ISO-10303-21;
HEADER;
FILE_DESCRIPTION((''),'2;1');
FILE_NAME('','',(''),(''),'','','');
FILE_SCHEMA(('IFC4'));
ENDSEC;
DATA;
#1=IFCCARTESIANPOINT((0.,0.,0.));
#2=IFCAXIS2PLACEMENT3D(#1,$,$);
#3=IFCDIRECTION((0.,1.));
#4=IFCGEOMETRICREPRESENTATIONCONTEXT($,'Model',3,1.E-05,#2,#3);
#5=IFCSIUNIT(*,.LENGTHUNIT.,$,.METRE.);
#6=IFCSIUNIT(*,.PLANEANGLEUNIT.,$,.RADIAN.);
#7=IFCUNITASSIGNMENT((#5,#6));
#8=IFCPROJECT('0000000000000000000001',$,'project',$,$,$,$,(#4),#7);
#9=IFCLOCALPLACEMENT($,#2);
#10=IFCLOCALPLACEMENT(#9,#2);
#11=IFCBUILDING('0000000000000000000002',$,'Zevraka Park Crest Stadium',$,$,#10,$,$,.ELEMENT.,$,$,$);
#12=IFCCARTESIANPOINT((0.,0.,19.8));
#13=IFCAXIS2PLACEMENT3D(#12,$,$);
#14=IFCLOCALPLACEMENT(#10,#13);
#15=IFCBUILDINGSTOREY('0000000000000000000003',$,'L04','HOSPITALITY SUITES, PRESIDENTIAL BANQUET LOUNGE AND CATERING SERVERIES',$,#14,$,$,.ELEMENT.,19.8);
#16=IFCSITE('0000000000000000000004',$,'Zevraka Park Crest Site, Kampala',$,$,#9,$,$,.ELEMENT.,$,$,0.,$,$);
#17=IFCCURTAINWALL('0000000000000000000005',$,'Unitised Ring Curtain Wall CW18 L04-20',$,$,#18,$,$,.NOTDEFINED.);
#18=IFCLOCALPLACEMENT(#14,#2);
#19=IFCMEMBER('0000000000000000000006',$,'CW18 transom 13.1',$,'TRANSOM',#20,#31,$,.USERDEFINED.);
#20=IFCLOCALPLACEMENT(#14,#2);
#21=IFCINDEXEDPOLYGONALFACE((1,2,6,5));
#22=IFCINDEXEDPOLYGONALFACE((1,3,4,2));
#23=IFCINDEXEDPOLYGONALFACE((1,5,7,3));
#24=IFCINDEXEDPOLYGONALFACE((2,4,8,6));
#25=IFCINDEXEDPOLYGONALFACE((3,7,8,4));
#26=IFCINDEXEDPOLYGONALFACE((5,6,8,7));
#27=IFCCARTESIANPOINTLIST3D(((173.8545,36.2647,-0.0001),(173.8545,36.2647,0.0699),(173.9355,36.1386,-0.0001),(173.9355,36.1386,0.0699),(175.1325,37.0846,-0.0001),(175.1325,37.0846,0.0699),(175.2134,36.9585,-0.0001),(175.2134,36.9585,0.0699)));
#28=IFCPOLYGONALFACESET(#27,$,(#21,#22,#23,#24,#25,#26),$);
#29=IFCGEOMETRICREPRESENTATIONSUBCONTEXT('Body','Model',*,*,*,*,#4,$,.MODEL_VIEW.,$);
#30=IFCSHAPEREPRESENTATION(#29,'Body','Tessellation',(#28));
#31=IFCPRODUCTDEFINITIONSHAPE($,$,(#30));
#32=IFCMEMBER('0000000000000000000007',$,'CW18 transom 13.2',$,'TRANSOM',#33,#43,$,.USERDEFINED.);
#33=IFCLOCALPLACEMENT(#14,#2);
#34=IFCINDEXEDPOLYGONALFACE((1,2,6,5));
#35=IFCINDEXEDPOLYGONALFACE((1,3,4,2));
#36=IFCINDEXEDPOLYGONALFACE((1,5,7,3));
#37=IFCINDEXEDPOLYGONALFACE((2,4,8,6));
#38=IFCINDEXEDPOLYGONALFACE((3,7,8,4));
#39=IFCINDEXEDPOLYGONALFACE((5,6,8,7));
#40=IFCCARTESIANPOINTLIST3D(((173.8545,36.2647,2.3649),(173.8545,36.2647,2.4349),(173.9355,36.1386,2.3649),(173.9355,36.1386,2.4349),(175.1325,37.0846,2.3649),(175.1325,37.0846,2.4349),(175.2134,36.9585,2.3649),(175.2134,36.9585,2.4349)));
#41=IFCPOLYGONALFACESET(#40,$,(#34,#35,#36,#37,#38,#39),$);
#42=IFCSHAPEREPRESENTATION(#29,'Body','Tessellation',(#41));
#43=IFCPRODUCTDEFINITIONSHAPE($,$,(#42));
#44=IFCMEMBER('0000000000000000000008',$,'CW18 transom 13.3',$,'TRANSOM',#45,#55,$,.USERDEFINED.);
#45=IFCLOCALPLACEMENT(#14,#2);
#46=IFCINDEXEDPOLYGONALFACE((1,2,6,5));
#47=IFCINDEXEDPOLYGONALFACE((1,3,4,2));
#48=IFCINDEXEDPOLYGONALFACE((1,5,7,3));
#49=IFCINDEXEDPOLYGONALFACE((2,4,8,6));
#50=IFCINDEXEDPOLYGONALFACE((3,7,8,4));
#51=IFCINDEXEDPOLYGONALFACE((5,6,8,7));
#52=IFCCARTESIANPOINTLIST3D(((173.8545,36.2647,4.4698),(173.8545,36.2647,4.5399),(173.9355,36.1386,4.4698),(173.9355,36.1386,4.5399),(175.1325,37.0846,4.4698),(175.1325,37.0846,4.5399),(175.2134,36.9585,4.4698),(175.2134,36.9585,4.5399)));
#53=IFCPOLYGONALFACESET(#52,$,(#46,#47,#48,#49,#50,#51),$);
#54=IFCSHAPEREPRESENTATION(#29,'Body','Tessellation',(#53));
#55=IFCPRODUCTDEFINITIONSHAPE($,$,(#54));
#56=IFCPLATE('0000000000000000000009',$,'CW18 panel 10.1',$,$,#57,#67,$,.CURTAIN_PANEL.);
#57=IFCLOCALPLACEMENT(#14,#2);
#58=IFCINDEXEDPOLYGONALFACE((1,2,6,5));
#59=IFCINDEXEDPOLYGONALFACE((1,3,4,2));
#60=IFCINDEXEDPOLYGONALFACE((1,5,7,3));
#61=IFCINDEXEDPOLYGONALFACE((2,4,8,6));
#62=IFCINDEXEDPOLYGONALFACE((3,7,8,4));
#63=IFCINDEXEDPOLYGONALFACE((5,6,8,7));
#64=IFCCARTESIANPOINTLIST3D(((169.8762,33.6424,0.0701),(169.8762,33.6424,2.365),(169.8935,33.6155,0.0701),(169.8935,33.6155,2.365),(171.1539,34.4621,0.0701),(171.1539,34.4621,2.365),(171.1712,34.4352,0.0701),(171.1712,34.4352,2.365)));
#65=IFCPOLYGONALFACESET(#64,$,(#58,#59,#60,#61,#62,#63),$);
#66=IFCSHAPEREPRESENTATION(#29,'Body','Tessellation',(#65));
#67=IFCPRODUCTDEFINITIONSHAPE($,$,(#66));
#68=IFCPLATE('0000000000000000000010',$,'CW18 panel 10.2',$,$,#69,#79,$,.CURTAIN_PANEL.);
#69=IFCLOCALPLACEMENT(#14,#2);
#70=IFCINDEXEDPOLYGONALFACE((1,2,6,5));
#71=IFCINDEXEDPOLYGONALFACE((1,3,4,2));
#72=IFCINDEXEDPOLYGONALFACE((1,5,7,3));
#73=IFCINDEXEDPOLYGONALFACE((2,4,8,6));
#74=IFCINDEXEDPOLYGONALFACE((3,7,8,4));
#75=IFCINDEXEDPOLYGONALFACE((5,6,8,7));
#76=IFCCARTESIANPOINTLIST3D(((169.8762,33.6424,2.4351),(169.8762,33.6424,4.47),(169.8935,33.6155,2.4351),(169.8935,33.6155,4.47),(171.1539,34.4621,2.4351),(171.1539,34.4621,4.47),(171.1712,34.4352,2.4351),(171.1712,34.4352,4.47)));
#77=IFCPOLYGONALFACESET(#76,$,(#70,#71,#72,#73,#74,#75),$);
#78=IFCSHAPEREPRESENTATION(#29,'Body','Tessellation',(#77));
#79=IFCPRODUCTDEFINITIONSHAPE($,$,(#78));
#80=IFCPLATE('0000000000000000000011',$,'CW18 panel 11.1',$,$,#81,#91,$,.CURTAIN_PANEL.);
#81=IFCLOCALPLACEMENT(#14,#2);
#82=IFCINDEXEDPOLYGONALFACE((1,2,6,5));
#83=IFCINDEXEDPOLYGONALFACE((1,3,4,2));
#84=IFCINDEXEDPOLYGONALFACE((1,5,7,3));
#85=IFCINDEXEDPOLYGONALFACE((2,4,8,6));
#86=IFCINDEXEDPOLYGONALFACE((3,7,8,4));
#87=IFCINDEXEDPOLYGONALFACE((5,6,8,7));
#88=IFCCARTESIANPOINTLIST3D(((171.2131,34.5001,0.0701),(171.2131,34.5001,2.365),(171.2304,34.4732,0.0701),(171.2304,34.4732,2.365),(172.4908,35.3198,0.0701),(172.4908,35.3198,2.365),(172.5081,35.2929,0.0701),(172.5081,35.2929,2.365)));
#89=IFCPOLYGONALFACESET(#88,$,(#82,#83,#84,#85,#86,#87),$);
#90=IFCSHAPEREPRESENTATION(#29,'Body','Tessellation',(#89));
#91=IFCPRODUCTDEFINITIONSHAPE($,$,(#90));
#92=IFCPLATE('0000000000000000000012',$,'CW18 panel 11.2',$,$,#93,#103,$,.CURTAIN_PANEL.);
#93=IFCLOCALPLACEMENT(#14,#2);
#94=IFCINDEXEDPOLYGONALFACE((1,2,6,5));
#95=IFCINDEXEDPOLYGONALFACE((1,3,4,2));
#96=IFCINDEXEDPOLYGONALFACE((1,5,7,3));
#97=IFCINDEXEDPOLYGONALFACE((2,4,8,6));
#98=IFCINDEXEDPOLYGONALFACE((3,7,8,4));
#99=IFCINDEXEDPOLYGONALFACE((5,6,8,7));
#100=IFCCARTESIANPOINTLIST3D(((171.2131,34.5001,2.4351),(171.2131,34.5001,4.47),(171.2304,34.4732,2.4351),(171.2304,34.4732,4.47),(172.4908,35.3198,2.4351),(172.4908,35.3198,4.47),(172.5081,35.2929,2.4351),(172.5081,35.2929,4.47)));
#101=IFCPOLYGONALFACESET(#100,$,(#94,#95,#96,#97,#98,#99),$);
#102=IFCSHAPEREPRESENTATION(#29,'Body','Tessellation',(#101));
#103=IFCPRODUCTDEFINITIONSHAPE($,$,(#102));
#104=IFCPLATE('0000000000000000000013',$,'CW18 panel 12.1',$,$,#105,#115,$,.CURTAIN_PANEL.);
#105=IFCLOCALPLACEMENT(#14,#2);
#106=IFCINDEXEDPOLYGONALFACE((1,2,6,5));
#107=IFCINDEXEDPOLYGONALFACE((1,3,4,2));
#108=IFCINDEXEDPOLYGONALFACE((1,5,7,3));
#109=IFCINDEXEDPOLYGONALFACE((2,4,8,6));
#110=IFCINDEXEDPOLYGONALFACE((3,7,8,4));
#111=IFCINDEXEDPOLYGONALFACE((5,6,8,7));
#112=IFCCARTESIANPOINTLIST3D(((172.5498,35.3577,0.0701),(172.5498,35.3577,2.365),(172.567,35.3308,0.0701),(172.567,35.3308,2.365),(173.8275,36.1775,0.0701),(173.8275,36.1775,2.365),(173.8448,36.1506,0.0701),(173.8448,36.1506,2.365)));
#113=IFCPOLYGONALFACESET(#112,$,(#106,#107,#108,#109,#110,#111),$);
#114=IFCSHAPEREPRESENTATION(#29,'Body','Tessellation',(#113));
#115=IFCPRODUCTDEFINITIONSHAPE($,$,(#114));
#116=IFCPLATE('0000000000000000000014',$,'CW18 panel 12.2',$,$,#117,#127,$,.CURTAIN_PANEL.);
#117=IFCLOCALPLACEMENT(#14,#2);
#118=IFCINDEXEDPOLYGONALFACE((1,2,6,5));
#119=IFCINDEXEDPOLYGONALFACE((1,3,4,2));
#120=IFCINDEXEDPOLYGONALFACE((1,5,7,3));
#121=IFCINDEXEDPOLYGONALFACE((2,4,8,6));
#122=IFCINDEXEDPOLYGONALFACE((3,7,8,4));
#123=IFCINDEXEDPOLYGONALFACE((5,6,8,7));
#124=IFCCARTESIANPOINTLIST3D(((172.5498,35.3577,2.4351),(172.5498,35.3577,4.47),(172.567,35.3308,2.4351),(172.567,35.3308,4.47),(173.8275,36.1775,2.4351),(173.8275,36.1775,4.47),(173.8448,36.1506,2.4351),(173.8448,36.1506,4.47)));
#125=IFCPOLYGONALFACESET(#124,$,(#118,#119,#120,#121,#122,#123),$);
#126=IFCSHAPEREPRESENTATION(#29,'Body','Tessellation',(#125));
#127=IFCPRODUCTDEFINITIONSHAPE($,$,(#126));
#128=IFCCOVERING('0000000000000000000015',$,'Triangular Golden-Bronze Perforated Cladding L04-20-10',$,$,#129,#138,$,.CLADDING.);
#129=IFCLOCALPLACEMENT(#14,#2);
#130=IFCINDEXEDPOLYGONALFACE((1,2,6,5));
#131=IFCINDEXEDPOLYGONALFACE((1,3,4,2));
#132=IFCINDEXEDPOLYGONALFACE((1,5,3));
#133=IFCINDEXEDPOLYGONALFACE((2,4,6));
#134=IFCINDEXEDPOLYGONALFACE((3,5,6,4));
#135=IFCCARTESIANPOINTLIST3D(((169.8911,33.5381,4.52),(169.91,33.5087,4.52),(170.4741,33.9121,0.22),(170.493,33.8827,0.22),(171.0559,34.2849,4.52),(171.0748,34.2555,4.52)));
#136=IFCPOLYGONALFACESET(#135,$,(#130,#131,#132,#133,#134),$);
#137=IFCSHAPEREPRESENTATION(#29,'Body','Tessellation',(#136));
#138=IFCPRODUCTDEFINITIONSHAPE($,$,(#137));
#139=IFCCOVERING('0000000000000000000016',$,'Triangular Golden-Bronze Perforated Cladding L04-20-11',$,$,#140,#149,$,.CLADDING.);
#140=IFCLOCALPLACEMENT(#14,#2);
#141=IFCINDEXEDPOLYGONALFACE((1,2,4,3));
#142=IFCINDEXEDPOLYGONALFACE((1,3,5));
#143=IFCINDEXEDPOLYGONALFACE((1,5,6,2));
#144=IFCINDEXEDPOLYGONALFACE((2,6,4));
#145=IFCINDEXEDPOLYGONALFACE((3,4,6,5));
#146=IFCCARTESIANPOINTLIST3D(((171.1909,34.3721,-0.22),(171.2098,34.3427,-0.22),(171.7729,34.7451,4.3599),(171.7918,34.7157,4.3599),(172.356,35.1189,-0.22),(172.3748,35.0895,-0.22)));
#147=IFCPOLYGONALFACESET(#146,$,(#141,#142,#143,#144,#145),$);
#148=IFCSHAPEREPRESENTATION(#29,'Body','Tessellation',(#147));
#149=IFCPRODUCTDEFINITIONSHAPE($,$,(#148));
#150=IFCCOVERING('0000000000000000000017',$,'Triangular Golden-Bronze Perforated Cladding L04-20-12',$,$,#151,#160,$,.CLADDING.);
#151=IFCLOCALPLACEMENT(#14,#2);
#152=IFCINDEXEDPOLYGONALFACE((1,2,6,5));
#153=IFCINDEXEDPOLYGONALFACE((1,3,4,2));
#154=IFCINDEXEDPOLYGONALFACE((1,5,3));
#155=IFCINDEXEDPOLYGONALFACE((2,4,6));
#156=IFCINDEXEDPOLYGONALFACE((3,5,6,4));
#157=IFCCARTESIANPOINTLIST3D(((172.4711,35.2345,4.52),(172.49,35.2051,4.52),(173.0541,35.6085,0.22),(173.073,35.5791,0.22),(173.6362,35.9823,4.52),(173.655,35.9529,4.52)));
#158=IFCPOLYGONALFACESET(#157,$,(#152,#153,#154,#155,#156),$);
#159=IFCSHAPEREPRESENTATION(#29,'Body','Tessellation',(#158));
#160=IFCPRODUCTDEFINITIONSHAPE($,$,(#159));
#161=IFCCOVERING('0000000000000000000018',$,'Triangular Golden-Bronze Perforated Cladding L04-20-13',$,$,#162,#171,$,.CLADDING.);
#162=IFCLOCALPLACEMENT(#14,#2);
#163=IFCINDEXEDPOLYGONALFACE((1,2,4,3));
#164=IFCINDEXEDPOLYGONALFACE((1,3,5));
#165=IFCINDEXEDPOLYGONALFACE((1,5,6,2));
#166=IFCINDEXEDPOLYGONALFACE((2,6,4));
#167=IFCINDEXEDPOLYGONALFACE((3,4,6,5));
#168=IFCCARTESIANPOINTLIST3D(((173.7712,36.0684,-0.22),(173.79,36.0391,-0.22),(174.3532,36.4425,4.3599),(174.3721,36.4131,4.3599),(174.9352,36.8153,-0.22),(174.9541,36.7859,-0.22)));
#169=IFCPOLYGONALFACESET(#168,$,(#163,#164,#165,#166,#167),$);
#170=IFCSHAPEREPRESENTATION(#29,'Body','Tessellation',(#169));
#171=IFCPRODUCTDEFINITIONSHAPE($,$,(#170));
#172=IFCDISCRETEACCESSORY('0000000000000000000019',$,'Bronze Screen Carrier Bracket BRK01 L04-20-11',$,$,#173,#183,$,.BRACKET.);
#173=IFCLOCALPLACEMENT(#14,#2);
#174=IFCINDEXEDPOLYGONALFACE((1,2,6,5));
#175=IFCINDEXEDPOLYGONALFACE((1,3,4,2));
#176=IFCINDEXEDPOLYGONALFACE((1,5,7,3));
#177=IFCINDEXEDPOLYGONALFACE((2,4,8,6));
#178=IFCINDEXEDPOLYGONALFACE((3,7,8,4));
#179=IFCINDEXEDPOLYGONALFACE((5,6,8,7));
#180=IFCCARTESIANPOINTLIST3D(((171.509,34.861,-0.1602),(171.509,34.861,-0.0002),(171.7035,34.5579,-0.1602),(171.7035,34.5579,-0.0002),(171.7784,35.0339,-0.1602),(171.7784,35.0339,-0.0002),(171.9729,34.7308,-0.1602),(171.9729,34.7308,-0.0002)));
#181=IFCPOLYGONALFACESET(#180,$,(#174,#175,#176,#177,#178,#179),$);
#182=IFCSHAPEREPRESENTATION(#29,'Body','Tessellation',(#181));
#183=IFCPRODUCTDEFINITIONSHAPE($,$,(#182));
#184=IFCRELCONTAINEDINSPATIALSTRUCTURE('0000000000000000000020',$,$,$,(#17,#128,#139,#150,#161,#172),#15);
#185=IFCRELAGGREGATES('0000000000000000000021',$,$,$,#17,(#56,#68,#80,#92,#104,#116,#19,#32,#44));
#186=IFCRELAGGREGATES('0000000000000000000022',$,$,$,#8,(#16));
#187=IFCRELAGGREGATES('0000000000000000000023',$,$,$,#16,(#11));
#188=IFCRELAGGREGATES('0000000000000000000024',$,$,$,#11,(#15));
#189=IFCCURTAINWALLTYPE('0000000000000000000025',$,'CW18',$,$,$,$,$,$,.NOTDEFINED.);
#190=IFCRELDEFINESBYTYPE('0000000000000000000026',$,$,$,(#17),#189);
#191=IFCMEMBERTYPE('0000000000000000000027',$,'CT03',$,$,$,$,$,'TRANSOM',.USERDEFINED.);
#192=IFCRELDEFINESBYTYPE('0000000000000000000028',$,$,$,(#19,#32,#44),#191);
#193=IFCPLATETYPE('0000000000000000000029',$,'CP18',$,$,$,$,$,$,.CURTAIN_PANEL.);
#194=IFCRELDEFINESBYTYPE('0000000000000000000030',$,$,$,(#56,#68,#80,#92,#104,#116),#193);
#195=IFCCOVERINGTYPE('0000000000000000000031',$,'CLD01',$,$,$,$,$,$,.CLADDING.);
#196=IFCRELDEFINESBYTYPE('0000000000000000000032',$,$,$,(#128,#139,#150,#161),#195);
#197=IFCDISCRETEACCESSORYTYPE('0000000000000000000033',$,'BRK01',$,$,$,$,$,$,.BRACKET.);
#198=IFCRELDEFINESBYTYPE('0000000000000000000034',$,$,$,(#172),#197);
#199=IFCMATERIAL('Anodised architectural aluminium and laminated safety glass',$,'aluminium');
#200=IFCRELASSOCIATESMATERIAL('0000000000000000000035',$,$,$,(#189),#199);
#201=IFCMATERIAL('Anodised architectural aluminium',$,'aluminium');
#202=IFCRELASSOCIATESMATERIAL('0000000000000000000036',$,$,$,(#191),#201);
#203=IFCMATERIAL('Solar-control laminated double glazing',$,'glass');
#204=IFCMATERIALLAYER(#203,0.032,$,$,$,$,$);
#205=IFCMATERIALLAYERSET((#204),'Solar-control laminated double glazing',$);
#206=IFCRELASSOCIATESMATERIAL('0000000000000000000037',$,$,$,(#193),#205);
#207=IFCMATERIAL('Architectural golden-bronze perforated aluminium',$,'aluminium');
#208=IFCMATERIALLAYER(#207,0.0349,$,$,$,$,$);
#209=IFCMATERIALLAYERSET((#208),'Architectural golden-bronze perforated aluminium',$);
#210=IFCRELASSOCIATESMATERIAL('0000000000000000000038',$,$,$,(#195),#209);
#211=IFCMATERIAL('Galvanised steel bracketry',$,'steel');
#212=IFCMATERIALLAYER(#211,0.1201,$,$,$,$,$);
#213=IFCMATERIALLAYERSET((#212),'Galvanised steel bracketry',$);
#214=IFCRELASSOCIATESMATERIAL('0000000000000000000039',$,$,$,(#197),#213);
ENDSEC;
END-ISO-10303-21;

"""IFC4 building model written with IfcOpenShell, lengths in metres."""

from ifc_helpers import new_model, si_unit, direction, frame, origin, origin_2d, place, context, subcontext, project, spatial, polyline, rectangle, outline, extrude, material, layer, layer_set, material_profile, profile_set, type_object, element, aggregate, save


model = new_model("IFC4")

# Units and contexts
model_context = context("Model", 3, precision=1e-05, world=origin(), true_north=direction((0.0, 1.0)))
body_context = subcontext(model_context, "Body", "Model", "MODEL_VIEW")
ifc_project = project(units=[si_unit("LENGTHUNIT", "METRE"), si_unit("PLANEANGLEUNIT", "RADIAN")], contexts=[model_context])

# Site, building, storey
site_placement = place(None, origin())
site = spatial("IfcSite", under=ifc_project, at=site_placement, Name="Zevraka Park Crest Site, Kampala", CompositionType="ELEMENT", RefElevation=0.0)
building_placement = place(site_placement, origin())
building = spatial("IfcBuilding", under=site, at=building_placement, Name="Zevraka Park Crest Stadium", CompositionType="ELEMENT")
storey_placement = place(building_placement, frame((0.0, 0.0, 19.8)))
storey = spatial("IfcBuildingStorey", under=building, at=storey_placement, Name="L04", Description="HOSPITALITY SUITES, PRESIDENTIAL BANQUET LOUNGE AND CATERING SERVERIES", CompositionType="ELEMENT", Elevation=19.8)

# Curtain wall, members, plates
ifc_material_1 = material(Name="Anodised architectural aluminium and laminated safety glass", Category="aluminium")
curtain_wall_type = type_object("IfcCurtainWallType", Name="CW18", PredefinedType="NOTDEFINED", material=ifc_material_1)
curtain_wall_placement = place(storey_placement, origin())
curtain_wall = element("IfcCurtainWall", 1, at=curtain_wall_placement, inside=storey, type_object=curtain_wall_type, Name="Unitised Ring Curtain Wall CW18 L04-20", PredefinedType="NOTDEFINED")
ifc_material_2 = material(Name="Anodised architectural aluminium", Category="aluminium")
ifc_material_profile_1 = material_profile(ifc_material_2, rectangle(XDim=0.1499, YDim=0.0701, at=origin_2d()), Name="ALU TRANSOM 150x70")
ifc_profile_set_1 = profile_set([ifc_material_profile_1], Name="Anodised architectural aluminium")
member_type_1 = type_object("IfcMemberType", Name="CT03", ElementType="TRANSOM", PredefinedType="USERDEFINED", material=ifc_profile_set_1)
member_1_placement = place(storey_placement, frame((173.895, 36.2017, 0.0349), z_axis=(0.841669, 0.539993, 0.0), x_axis=(-0.539993, 0.841669, 0.0)))
member_1 = element("IfcMember", 2, at=member_1_placement, type_object=member_type_1, Name="CW18 transom 13.1", ObjectType="TRANSOM", PredefinedType="USERDEFINED", context=body_context, shape_type="SweptSolid", body=[
    extrude(rectangle(XDim=0.1499, YDim=0.0701, at=origin_2d()), origin(), (0.0, 0.0, 1.0), 1.5183),
])
member_2_placement = place(storey_placement, frame((173.895, 36.2017, 2.3999), z_axis=(0.841669, 0.539993, 0.0), x_axis=(-0.539993, 0.841669, 0.0)))
member_2 = element("IfcMember", 3, at=member_2_placement, type_object=member_type_1, Name="CW18 transom 13.2", ObjectType="TRANSOM", PredefinedType="USERDEFINED", context=body_context, shape_type="SweptSolid", body=[
    extrude(rectangle(XDim=0.1499, YDim=0.0701, at=origin_2d()), origin(), (0.0, 0.0, 1.0), 1.5183),
])
member_3_placement = place(storey_placement, frame((173.895, 36.2017, 4.5049), z_axis=(0.841669, 0.539993, 0.0), x_axis=(-0.539993, 0.841669, 0.0)))
member_3 = element("IfcMember", 4, at=member_3_placement, type_object=member_type_1, Name="CW18 transom 13.3", ObjectType="TRANSOM", PredefinedType="USERDEFINED", context=body_context, shape_type="SweptSolid", body=[
    extrude(rectangle(XDim=0.1499, YDim=0.0701, at=origin_2d()), origin(), (0.0, 0.0, 1.0), 1.5183),
])
ifc_material_3 = material(Name="Solar-control laminated double glazing", Category="glass")
ifc_layer_1 = layer(ifc_material_3, 0.032)
ifc_layer_set_1 = layer_set([ifc_layer_1], Name="Solar-control laminated double glazing")
plate_type = type_object("IfcPlateType", Name="CP18", PredefinedType="CURTAIN_PANEL", material=ifc_layer_set_1)
plate_1_placement = place(storey_placement, frame((170.5237, 34.0388, 0.0701), z_axis=(0.0, 0.0, 1.0), x_axis=(0.841678, 0.53998, 0.0)))
plate_1 = element("IfcPlate", 5, at=plate_1_placement, type_object=plate_type, Name="CW18 panel 10.1", PredefinedType="CURTAIN_PANEL", context=body_context, shape_type="SweptSolid", body=[
    extrude(rectangle(XDim=1.5181, YDim=0.032, at=origin_2d()), origin(), (0.0, 0.0, 1.0), 2.2949),
])
plate_2_placement = place(storey_placement, frame((170.5237, 34.0388, 2.4351), z_axis=(0.0, 0.0, 1.0), x_axis=(0.841678, 0.53998, 0.0)))
plate_2 = element("IfcPlate", 6, at=plate_2_placement, type_object=plate_type, Name="CW18 panel 10.2", PredefinedType="CURTAIN_PANEL", context=body_context, shape_type="SweptSolid", body=[
    extrude(rectangle(XDim=1.5181, YDim=0.032, at=origin_2d()), origin(), (0.0, 0.0, 1.0), 2.0349),
])
plate_3_placement = place(storey_placement, frame((171.8606, 34.8965, 0.0701), z_axis=(0.0, 0.0, 1.0), x_axis=(0.841678, 0.53998, 0.0)))
plate_3 = element("IfcPlate", 7, at=plate_3_placement, type_object=plate_type, Name="CW18 panel 11.1", PredefinedType="CURTAIN_PANEL", context=body_context, shape_type="SweptSolid", body=[
    extrude(rectangle(XDim=1.5181, YDim=0.032, at=origin_2d()), origin(), (0.0, 0.0, 1.0), 2.2949),
])
plate_4_placement = place(storey_placement, frame((171.8606, 34.8965, 2.4351), z_axis=(0.0, 0.0, 1.0), x_axis=(0.841678, 0.53998, 0.0)))
plate_4 = element("IfcPlate", 8, at=plate_4_placement, type_object=plate_type, Name="CW18 panel 11.2", PredefinedType="CURTAIN_PANEL", context=body_context, shape_type="SweptSolid", body=[
    extrude(rectangle(XDim=1.5181, YDim=0.032, at=origin_2d()), origin(), (0.0, 0.0, 1.0), 2.0349),
])
plate_5_placement = place(storey_placement, frame((173.1973, 35.7542, 0.0701), z_axis=(0.0, 0.0, 1.0), x_axis=(0.841678, 0.53998, 0.0)))
plate_5 = element("IfcPlate", 9, at=plate_5_placement, type_object=plate_type, Name="CW18 panel 12.1", PredefinedType="CURTAIN_PANEL", context=body_context, shape_type="SweptSolid", body=[
    extrude(rectangle(XDim=1.5181, YDim=0.032, at=origin_2d()), origin(), (0.0, 0.0, 1.0), 2.2949),
])
plate_6_placement = place(storey_placement, frame((173.1973, 35.7542, 2.4351), z_axis=(0.0, 0.0, 1.0), x_axis=(0.841678, 0.53998, 0.0)))
plate_6 = element("IfcPlate", 10, at=plate_6_placement, type_object=plate_type, Name="CW18 panel 12.2", PredefinedType="CURTAIN_PANEL", context=body_context, shape_type="SweptSolid", body=[
    extrude(rectangle(XDim=1.5181, YDim=0.032, at=origin_2d()), origin(), (0.0, 0.0, 1.0), 2.0349),
])
aggregate(curtain_wall, [plate_1, plate_2, plate_3, plate_4, plate_5, plate_6, member_1, member_2, member_3])

# Coverings
ifc_material_4 = material(Name="Architectural golden-bronze perforated aluminium", Category="aluminium")
ifc_layer_2 = layer(ifc_material_4, 0.0349)
ifc_layer_set_2 = layer_set([ifc_layer_2], Name="Architectural golden-bronze perforated aluminium")
covering_type = type_object("IfcCoveringType", Name="CLD01", PredefinedType="CLADDING", material=ifc_layer_set_2)
covering_1_placement = place(storey_placement, frame((171.0559, 34.2849, 4.52), z_axis=(-0.539749, 0.841826, 0.000043), x_axis=(-0.841826, -0.539749, 0.0)))
element("IfcCovering", 11, at=covering_1_placement, inside=storey, type_object=covering_type, Name="Triangular Golden-Bronze Perforated Cladding L04-20-10", PredefinedType="CLADDING", context=body_context, shape_type="SweptSolid", body=[
    extrude(outline(polyline([(0.0, 0.0), (1.3837, 0.0), (0.691, -4.3), (0.0, 0.0)])), origin(), (0.0, 0.0, -1.0), 0.0349),
])
covering_2_placement = place(storey_placement, frame((171.1909, 34.3721, -0.22), z_axis=(-0.539669, 0.841877, 0.00001), x_axis=(0.841877, 0.539669, 0.0)))
element("IfcCovering", 12, at=covering_2_placement, inside=storey, type_object=covering_type, Name="Triangular Golden-Bronze Perforated Cladding L04-20-11", PredefinedType="CLADDING", context=body_context, shape_type="SweptSolid", body=[
    extrude(outline(polyline([(0.0, 0.0), (1.3839, 0.0), (0.6913, -4.5798), (0.0, 0.0)])), origin(), (0.0, 0.0, -1.0), 0.0349),
])
covering_3_placement = place(storey_placement, frame((173.655, 35.9529, 4.52), z_axis=(0.540169, -0.841556, 0.000037), x_axis=(-0.841556, -0.540169, 0.0)))
element("IfcCovering", 13, at=covering_3_placement, inside=storey, type_object=covering_type, Name="Triangular Golden-Bronze Perforated Cladding L04-20-12", PredefinedType="CLADDING", context=body_context, shape_type="SweptSolid", body=[
    extrude(outline(polyline([(0.0, 0.0), (1.3844, 0.0), (0.6917, 4.3), (0.0, 0.0)])), origin(), (0.0, 0.0, -1.0), 0.0349),
])
covering_4_placement = place(storey_placement, frame((173.79, 36.0391, -0.22), z_axis=(0.53999, -0.841671, 0.000112), x_axis=(0.841671, 0.53999, 0.0)))
element("IfcCovering", 14, at=covering_4_placement, inside=storey, type_object=covering_type, Name="Triangular Golden-Bronze Perforated Cladding L04-20-13", PredefinedType="CLADDING", context=body_context, shape_type="SweptSolid", body=[
    extrude(outline(polyline([(0.0, 0.0), (1.383, 0.0), (0.6918, 4.5798), (0.0, 0.0)])), origin(), (0.0, 0.0, -1.0), 0.0349),
])

# Discrete accessory
ifc_material_5 = material(Name="Galvanised steel bracketry", Category="steel")
ifc_layer_3 = layer(ifc_material_5, 0.1201)
ifc_layer_set_3 = layer_set([ifc_layer_3], Name="Galvanised steel bracketry")
discrete_accessory_type = type_object("IfcDiscreteAccessoryType", Name="BRK01", PredefinedType="BRACKET", material=ifc_layer_set_3)
for number, where, z_axis, x_axis, name in (
    (15, (171.741, 34.7959, -0.1602), (0.0, 0.0, 1.0), (0.841699, 0.539947, 0.0), "Bronze Screen Carrier Bracket BRK01 L04-20-11"),
):
    element("IfcDiscreteAccessory", number, at=place(storey_placement, frame(where, z_axis=z_axis, x_axis=x_axis)), inside=storey, type_object=discrete_accessory_type, Name=name, PredefinedType="BRACKET", context=body_context, shape_type="SweptSolid", body=[
        extrude(rectangle(XDim=0.3201, YDim=0.3601, at=origin_2d()), origin(), (0.0, 0.0, 1.0), 0.1599),
    ])

save(model, "model.ifc")
